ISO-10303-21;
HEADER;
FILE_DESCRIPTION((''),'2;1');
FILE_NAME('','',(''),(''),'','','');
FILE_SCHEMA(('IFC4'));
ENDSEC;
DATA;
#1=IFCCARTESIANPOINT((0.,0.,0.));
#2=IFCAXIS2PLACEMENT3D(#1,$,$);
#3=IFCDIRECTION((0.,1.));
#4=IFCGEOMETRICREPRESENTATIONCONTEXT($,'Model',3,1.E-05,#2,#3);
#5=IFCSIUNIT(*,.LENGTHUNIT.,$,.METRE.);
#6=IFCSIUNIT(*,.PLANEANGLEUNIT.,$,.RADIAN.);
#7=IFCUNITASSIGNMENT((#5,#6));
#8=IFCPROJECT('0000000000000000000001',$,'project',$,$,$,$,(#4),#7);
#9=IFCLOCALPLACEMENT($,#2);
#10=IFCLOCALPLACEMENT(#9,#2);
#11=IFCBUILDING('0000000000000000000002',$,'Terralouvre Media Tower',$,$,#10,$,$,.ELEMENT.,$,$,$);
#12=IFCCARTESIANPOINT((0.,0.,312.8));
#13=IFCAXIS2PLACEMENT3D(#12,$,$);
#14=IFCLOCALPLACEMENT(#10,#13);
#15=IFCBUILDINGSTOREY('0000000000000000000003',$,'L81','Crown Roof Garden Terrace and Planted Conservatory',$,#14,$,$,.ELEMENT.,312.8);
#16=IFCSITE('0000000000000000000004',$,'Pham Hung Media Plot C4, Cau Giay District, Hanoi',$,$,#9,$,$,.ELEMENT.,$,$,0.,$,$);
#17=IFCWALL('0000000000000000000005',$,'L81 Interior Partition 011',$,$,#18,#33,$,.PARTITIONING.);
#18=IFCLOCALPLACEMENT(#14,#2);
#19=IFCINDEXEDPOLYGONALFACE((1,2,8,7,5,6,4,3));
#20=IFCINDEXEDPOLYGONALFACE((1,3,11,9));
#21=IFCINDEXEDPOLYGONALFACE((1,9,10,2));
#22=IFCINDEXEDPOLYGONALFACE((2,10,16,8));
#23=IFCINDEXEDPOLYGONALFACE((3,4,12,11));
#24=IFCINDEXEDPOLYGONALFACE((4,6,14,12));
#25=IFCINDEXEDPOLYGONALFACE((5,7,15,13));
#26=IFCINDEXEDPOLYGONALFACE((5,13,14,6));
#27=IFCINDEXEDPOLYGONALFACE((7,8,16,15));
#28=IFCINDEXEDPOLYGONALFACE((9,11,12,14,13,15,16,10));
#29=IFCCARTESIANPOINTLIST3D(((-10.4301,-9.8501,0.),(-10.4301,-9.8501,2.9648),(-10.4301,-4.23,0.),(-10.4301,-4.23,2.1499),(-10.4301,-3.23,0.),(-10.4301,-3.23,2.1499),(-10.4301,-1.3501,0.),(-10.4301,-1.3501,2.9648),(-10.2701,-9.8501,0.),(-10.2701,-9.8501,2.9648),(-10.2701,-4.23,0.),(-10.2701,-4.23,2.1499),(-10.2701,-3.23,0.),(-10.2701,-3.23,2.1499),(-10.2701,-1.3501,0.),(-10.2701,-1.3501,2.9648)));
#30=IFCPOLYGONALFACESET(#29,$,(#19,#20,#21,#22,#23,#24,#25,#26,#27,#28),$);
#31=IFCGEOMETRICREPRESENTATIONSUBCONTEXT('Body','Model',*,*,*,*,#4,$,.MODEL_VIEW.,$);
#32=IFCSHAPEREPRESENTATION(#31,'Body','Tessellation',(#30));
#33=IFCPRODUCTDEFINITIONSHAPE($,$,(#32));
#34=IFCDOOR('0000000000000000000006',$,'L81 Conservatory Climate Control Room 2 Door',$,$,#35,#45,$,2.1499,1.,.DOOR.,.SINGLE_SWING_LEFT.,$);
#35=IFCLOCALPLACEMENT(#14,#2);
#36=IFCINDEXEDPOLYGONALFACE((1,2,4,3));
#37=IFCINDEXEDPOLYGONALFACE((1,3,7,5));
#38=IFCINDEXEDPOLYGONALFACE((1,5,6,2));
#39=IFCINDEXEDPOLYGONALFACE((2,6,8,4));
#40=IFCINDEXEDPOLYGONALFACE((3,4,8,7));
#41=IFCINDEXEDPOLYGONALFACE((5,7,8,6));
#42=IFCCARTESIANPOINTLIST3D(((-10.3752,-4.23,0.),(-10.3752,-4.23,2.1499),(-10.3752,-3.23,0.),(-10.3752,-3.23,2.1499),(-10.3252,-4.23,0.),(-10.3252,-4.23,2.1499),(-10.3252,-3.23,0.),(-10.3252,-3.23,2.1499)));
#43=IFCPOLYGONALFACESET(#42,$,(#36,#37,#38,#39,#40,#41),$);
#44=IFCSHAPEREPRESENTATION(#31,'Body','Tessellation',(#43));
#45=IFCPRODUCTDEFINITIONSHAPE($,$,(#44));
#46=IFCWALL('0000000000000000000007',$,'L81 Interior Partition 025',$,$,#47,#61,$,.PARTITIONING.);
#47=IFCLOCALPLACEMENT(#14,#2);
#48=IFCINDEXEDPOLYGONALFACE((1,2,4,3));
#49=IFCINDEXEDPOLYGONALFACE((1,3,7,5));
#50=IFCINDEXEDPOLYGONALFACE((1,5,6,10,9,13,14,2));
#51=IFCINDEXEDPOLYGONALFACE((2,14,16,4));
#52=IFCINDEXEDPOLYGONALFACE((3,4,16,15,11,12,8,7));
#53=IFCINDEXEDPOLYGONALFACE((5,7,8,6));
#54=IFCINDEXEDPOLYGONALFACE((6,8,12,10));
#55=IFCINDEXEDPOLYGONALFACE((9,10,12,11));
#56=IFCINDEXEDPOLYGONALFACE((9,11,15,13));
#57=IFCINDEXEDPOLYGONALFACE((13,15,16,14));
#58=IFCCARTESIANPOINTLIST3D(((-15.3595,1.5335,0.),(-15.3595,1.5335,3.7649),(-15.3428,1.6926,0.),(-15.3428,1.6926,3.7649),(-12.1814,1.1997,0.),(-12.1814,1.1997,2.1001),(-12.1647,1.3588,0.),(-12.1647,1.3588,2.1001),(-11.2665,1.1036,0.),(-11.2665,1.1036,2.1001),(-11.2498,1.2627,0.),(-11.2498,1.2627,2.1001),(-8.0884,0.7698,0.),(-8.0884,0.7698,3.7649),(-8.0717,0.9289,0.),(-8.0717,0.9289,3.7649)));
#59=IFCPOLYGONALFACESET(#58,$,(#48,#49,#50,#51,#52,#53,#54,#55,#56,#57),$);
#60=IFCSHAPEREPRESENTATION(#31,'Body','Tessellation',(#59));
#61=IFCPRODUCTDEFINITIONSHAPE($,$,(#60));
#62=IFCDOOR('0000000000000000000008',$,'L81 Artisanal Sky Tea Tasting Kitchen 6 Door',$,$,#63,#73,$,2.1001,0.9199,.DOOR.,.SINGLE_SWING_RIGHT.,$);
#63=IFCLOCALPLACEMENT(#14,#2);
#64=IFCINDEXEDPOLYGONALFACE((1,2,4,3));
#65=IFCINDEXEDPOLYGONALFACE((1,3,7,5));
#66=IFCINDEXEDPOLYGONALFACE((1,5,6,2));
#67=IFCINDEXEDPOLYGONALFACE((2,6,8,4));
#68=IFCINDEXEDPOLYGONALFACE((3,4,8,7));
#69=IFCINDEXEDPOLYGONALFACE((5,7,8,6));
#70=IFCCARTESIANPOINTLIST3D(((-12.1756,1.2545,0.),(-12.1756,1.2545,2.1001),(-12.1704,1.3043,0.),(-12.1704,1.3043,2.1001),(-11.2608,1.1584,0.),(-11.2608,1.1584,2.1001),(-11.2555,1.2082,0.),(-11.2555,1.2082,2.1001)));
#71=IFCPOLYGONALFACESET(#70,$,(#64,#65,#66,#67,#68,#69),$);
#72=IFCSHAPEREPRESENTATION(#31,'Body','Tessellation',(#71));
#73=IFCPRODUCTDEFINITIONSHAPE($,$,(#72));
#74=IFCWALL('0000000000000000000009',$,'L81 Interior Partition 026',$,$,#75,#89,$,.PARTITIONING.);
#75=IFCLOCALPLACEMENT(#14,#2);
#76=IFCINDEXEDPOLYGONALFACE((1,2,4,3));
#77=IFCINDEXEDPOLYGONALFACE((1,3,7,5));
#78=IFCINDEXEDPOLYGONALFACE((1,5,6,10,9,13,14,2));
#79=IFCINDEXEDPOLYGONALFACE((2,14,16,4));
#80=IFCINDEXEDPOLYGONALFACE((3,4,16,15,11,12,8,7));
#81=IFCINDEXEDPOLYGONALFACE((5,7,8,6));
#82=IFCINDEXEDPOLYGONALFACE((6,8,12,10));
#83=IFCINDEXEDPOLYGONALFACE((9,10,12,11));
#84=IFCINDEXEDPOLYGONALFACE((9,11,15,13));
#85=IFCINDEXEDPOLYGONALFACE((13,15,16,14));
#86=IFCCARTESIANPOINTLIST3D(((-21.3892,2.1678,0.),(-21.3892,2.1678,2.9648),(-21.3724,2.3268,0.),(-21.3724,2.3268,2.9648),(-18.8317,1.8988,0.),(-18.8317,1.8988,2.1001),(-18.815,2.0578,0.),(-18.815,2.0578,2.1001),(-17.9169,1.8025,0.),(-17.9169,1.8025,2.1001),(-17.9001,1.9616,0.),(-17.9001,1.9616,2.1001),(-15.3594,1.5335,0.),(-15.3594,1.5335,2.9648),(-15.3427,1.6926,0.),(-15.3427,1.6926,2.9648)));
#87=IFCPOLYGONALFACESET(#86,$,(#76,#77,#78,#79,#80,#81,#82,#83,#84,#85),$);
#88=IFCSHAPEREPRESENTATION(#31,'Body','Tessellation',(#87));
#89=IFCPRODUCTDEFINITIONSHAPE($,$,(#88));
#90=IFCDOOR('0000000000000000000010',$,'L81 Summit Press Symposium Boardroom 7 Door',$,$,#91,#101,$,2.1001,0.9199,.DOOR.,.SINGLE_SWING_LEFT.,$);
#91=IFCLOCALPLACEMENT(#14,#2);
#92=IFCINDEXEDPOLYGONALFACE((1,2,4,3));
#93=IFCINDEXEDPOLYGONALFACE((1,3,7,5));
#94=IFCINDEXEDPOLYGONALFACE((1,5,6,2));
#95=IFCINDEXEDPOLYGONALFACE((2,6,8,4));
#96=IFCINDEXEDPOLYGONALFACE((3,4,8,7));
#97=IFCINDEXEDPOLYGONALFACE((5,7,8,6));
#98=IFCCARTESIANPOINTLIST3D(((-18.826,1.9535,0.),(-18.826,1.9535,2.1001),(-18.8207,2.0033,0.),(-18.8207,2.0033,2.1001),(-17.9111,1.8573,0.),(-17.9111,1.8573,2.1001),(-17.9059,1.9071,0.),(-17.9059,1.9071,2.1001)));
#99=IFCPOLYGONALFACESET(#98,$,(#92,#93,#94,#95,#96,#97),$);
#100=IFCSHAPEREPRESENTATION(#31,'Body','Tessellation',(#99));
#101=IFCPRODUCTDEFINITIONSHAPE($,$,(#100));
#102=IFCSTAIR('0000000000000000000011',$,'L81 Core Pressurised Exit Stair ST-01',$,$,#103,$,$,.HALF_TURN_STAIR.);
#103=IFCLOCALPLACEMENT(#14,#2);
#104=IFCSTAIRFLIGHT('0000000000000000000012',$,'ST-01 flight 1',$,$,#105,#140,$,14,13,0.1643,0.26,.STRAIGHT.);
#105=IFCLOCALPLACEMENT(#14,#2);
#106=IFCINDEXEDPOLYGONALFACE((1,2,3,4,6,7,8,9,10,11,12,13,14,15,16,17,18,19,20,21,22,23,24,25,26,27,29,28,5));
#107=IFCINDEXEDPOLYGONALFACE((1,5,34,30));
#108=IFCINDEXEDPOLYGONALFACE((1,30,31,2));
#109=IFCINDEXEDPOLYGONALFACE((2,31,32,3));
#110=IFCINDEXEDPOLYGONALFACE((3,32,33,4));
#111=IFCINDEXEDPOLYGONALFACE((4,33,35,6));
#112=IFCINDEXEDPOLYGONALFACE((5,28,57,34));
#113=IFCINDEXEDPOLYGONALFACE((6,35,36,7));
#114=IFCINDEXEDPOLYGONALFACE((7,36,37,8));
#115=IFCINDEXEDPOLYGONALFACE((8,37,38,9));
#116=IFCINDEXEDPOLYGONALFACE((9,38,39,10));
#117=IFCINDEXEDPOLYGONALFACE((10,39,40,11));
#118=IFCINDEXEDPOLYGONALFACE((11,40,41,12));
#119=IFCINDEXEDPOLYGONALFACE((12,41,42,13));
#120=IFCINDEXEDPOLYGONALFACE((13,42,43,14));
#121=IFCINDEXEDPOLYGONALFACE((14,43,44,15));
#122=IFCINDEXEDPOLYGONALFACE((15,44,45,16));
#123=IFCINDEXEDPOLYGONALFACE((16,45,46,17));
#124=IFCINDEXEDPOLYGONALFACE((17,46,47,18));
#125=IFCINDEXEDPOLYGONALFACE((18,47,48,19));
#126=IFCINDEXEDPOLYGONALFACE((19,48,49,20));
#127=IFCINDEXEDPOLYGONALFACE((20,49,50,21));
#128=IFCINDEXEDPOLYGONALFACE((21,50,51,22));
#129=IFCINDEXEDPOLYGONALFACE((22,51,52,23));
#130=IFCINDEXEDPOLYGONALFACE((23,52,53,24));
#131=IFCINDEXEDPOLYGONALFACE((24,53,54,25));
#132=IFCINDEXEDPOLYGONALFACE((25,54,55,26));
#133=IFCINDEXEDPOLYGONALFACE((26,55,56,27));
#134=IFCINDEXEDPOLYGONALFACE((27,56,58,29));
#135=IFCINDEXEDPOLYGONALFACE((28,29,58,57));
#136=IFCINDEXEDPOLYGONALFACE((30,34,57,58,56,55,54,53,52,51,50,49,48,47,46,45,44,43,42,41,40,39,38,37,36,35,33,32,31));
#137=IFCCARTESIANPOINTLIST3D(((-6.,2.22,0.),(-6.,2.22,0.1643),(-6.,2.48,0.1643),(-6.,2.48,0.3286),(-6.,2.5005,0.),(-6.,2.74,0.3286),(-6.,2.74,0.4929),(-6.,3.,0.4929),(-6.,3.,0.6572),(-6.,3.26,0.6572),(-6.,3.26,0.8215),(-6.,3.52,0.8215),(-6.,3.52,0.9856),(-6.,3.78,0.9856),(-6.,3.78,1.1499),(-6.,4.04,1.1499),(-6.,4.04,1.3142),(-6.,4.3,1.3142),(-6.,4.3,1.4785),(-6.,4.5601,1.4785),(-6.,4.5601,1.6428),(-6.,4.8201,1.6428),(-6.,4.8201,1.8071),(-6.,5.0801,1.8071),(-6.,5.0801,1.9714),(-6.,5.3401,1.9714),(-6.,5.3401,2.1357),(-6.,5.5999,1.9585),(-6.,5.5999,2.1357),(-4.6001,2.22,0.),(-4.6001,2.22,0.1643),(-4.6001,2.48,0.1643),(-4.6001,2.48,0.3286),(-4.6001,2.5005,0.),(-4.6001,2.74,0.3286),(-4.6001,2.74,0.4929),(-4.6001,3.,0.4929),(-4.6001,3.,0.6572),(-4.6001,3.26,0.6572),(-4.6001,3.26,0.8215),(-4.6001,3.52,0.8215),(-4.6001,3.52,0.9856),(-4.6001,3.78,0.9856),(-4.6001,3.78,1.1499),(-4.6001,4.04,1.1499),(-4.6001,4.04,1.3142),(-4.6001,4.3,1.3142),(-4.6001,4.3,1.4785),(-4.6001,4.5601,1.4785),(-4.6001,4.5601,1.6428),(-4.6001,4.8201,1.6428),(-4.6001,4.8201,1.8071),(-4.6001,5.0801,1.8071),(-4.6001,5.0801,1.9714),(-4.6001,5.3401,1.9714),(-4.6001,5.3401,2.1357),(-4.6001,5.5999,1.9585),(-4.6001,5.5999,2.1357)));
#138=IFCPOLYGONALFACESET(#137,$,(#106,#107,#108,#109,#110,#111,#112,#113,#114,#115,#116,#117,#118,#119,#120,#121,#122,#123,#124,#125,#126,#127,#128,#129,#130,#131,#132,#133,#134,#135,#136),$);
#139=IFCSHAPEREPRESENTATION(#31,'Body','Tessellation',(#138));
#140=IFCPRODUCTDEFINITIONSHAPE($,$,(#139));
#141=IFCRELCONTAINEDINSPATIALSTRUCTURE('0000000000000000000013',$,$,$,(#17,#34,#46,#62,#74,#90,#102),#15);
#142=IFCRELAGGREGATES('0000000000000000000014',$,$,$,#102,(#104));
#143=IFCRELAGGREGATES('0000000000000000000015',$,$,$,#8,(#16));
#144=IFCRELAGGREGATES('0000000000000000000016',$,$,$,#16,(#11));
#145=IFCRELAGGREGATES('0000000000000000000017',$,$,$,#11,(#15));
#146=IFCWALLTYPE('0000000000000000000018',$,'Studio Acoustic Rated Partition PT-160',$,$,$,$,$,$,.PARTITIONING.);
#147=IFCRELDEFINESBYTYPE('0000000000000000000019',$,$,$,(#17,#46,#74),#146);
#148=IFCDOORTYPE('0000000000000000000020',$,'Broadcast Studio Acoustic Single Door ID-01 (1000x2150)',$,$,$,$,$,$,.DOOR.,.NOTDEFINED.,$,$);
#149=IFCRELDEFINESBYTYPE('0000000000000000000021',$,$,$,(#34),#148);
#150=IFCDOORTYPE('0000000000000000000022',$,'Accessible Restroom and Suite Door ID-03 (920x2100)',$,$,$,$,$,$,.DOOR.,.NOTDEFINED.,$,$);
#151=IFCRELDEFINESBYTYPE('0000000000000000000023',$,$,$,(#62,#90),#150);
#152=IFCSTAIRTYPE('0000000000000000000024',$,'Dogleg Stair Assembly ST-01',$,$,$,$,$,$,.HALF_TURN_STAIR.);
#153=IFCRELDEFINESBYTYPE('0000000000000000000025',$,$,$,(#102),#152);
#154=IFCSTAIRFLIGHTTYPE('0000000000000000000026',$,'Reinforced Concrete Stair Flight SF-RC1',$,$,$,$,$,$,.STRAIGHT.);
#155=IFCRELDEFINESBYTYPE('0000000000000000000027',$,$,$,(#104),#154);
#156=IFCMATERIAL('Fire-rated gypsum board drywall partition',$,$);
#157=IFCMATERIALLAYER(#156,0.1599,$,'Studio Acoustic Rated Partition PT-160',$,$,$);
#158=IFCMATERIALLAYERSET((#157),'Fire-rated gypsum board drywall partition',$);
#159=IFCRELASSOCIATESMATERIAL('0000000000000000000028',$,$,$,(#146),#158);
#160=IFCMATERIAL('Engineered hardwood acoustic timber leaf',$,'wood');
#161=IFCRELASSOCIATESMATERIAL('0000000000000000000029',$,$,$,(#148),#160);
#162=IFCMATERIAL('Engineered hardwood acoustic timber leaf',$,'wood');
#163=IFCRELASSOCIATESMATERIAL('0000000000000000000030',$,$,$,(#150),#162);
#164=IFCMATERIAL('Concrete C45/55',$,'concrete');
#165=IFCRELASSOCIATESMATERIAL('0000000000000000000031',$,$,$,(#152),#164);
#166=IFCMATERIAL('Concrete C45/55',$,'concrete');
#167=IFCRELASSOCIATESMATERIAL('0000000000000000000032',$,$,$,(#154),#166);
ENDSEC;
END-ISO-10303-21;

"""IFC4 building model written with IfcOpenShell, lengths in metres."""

from ifc_helpers import new_model, si_unit, direction, frame, frame_2d, origin, place, context, subcontext, project, spatial, polyline, rectangle, outline, extrude, material, layer, layer_set, type_object, element, fill, aggregate, save


model = new_model("IFC4")

# Units and contexts
model_context = context("Model", 3, precision=1e-05, world=origin(), true_north=direction((0.0, 1.0)))
body_context = subcontext(model_context, "Body", "Model", "MODEL_VIEW")
ifc_project = project(units=[si_unit("LENGTHUNIT", "METRE"), si_unit("PLANEANGLEUNIT", "RADIAN")], contexts=[model_context])

# Site, building, storey
site_placement = place(None, origin())
site = spatial("IfcSite", under=ifc_project, at=site_placement, Name="Pham Hung Media Plot C4, Cau Giay District, Hanoi", CompositionType="ELEMENT", RefElevation=0.0)
building_placement = place(site_placement, origin())
building = spatial("IfcBuilding", under=site, at=building_placement, Name="Terralouvre Media Tower", CompositionType="ELEMENT")
storey_placement = place(building_placement, frame((0.0, 0.0, 312.8)))
storey = spatial("IfcBuildingStorey", under=building, at=storey_placement, Name="L81", Description="Crown Roof Garden Terrace and Planted Conservatory", CompositionType="ELEMENT", Elevation=312.8)

# Shared definitions
ifc_material_1 = material(Name="Fire-rated gypsum board drywall partition")
ifc_layer_1 = layer(ifc_material_1, 0.1599, Name="Studio Acoustic Rated Partition PT-160")
ifc_layer_set_1 = layer_set([ifc_layer_1], Name="Fire-rated gypsum board drywall partition")
wall_type_1 = type_object("IfcWallType", Name="Studio Acoustic Rated Partition PT-160", PredefinedType="PARTITIONING", material=ifc_layer_set_1)

# Walls, openings, doors
wall_1_placement = place(storey_placement, frame((-10.3501, -1.3501, 0.0), z_axis=(0.0, 0.0, 1.0), x_axis=(0.0, -1.0, 0.0)))
wall_1 = element("IfcWall", 1, at=wall_1_placement, inside=storey, type_object=wall_type_1, Name="L81 Interior Partition 011", PredefinedType="PARTITIONING", context=body_context, shape_type="SweptSolid", body=[
    extrude(rectangle(XDim=8.5, YDim=0.1599, at=frame_2d((4.25, 0.0))), origin(), (0.0, 0.0, 1.0), 2.9648),
])
opening_1_placement = place(wall_1_placement, frame((1.8799, 0.0, 0.0)))
opening_1 = element("IfcOpeningElement", 2, at=opening_1_placement, cuts=wall_1, PredefinedType="OPENING", context=body_context, shape_type="SweptSolid", body=[
    extrude(rectangle(XDim=1.0, YDim=2.1499, at=frame_2d((0.5, 1.075))), frame((0.0, 0.0898, 0.0), z_axis=(0.0, -1.0, 0.0), x_axis=(1.0, 0.0, 0.0)), (0.0, 0.0, 1.0), 0.1799),
])
ifc_material_2 = material(Name="Engineered hardwood acoustic timber leaf", Category="wood")
door_type_1 = type_object("IfcDoorType", Name="Broadcast Studio Acoustic Single Door ID-01 (1000x2150)", OperationType="NOTDEFINED", PredefinedType="DOOR", material=ifc_material_2)
door_1_placement = place(opening_1_placement, origin())
door_1 = element("IfcDoor", 3, at=door_1_placement, inside=storey, type_object=door_type_1, Name="L81 Conservatory Climate Control Room 2 Door", OperationType="SINGLE_SWING_LEFT", OverallHeight=2.1499, OverallWidth=1.0, PredefinedType="DOOR", context=body_context, shape_type="SweptSolid", body=[
    extrude(rectangle(XDim=1.0, YDim=2.1499, at=frame_2d((0.5, 1.075))), frame((0.0, 0.0249, 0.0), z_axis=(0.0, -1.0, 0.0), x_axis=(1.0, 0.0, 0.0)), (0.0, 0.0, 1.0), 0.05),
])
fill(opening_1, door_1)
wall_2_placement = place(storey_placement, frame((-8.0801, 0.8494, 0.0), z_axis=(0.0, 0.0, 1.0), x_axis=(-0.99453, 0.104455, 0.0)))
wall_2 = element("IfcWall", 4, at=wall_2_placement, inside=storey, type_object=wall_type_1, Name="L81 Interior Partition 025", PredefinedType="PARTITIONING", context=body_context, shape_type="SweptSolid", body=[
    extrude(rectangle(XDim=7.311, YDim=0.1599, at=frame_2d((3.6555, 0.0))), origin(), (0.0, 0.0, 1.0), 3.7649),
])
opening_2_placement = place(wall_2_placement, frame((3.1956, 0.0, 0.0)))
opening_2 = element("IfcOpeningElement", 5, at=opening_2_placement, cuts=wall_2, PredefinedType="OPENING", context=body_context, shape_type="SweptSolid", body=[
    extrude(rectangle(XDim=0.9199, YDim=2.1001, at=frame_2d((0.46, 1.05))), frame((0.0, 0.0898, 0.0), z_axis=(0.0, -1.0, 0.0), x_axis=(1.0, 0.0, 0.0)), (0.0, 0.0, 1.0), 0.1799),
])
ifc_material_3 = material(Name="Engineered hardwood acoustic timber leaf", Category="wood")
door_type_2 = type_object("IfcDoorType", Name="Accessible Restroom and Suite Door ID-03 (920x2100)", OperationType="NOTDEFINED", PredefinedType="DOOR", material=ifc_material_3)
door_2_placement = place(opening_2_placement, origin())
door_2 = element("IfcDoor", 6, at=door_2_placement, inside=storey, type_object=door_type_2, Name="L81 Artisanal Sky Tea Tasting Kitchen 6 Door", OperationType="SINGLE_SWING_RIGHT", OverallHeight=2.1001, OverallWidth=0.9199, PredefinedType="DOOR", context=body_context, shape_type="SweptSolid", body=[
    extrude(rectangle(XDim=0.9199, YDim=2.1001, at=frame_2d((0.46, 1.05))), frame((0.0, 0.0249, 0.0), z_axis=(0.0, -1.0, 0.0), x_axis=(1.0, 0.0, 0.0)), (0.0, 0.0, 1.0), 0.05),
])
fill(opening_2, door_2)
wall_3_placement = place(storey_placement, frame((-15.3511, 1.613, 0.0), z_axis=(0.0, 0.0, 1.0), x_axis=(-0.994513, 0.104614, 0.0)))
wall_3 = element("IfcWall", 7, at=wall_3_placement, inside=storey, type_object=wall_type_1, Name="L81 Interior Partition 026", PredefinedType="PARTITIONING", context=body_context, shape_type="SweptSolid", body=[
    extrude(rectangle(XDim=6.063, YDim=0.1599, at=frame_2d((3.0315, 0.0))), origin(), (0.0, 0.0, 1.0), 2.9648),
])
opening_3_placement = place(wall_3_placement, frame((2.5715, 0.0, 0.0)))
opening_3 = element("IfcOpeningElement", 8, at=opening_3_placement, cuts=wall_3, PredefinedType="OPENING", context=body_context, shape_type="SweptSolid", body=[
    extrude(rectangle(XDim=0.9199, YDim=2.1001, at=frame_2d((0.46, 1.05))), frame((0.0, 0.0898, 0.0), z_axis=(0.0, -1.0, 0.0), x_axis=(1.0, 0.0, 0.0)), (0.0, 0.0, 1.0), 0.1799),
])
door_3_placement = place(opening_3_placement, origin())
door_3 = element("IfcDoor", 9, at=door_3_placement, inside=storey, type_object=door_type_2, Name="L81 Summit Press Symposium Boardroom 7 Door", OperationType="SINGLE_SWING_LEFT", OverallHeight=2.1001, OverallWidth=0.9199, PredefinedType="DOOR", context=body_context, shape_type="SweptSolid", body=[
    extrude(rectangle(XDim=0.9199, YDim=2.1001, at=frame_2d((0.46, 1.05))), frame((0.0, 0.0249, 0.0), z_axis=(0.0, -1.0, 0.0), x_axis=(1.0, 0.0, 0.0)), (0.0, 0.0, 1.0), 0.05),
])
fill(opening_3, door_3)

# Stair, stair flight
ifc_material_4 = material(Name="Concrete C45/55", Category="concrete")
stair_type = type_object("IfcStairType", Name="Dogleg Stair Assembly ST-01", PredefinedType="HALF_TURN_STAIR", material=ifc_material_4)
stair_placement = place(storey_placement, origin())
stair = element("IfcStair", 10, at=stair_placement, inside=storey, type_object=stair_type, Name="L81 Core Pressurised Exit Stair ST-01", PredefinedType="HALF_TURN_STAIR")
ifc_material_5 = material(Name="Concrete C45/55", Category="concrete")
stair_flight_type = type_object("IfcStairFlightType", Name="Reinforced Concrete Stair Flight SF-RC1", PredefinedType="STRAIGHT", material=ifc_material_5)
stair_flight_placement = place(storey_placement, frame((-5.3, 2.22, 0.0), z_axis=(0.0, 0.0, 1.0), x_axis=(0.0, 1.0, 0.0)))
stair_flight = element("IfcStairFlight", 11, at=stair_flight_placement, type_object=stair_flight_type, Name="ST-01 flight 1", NumberOfRisers=14, NumberOfTreads=13, PredefinedType="STRAIGHT", RiserHeight=0.1643, TreadLength=0.26, context=body_context, shape_type="SweptSolid", body=[
    extrude(outline(polyline([(0.0, 0.0), (0.0, 0.1643), (0.26, 0.1643), (0.26, 0.3286), (0.52, 0.3286), (0.52, 0.4929), (0.78, 0.4929), (0.78, 0.6572), (1.04, 0.6572), (1.04, 0.8215), (1.3, 0.8215), (1.3, 0.9856), (1.5601, 0.9856), (1.5601, 1.1499), (1.8201, 1.1499), (1.8201, 1.3142), (2.0801, 1.3142), (2.0801, 1.4785), (2.3401, 1.4785), (2.3401, 1.6428), (2.6001, 1.6428), (2.6001, 1.8071), (2.8601, 1.8071), (2.8601, 1.9714), (3.1201, 1.9714), (3.1201, 2.1357), (3.3799, 2.1357), (3.3799, 2.3), (3.3799, 1.9585), (0.2805, 0.0), (0.0, 0.0)])), frame((0.0, 0.7, 0.0), z_axis=(0.0, -1.0, 0.0), x_axis=(1.0, 0.0, 0.0)), (0.0, 0.0, 1.0), 1.3999),
])
aggregate(stair, [stair_flight])

save(model, "model.ifc")
